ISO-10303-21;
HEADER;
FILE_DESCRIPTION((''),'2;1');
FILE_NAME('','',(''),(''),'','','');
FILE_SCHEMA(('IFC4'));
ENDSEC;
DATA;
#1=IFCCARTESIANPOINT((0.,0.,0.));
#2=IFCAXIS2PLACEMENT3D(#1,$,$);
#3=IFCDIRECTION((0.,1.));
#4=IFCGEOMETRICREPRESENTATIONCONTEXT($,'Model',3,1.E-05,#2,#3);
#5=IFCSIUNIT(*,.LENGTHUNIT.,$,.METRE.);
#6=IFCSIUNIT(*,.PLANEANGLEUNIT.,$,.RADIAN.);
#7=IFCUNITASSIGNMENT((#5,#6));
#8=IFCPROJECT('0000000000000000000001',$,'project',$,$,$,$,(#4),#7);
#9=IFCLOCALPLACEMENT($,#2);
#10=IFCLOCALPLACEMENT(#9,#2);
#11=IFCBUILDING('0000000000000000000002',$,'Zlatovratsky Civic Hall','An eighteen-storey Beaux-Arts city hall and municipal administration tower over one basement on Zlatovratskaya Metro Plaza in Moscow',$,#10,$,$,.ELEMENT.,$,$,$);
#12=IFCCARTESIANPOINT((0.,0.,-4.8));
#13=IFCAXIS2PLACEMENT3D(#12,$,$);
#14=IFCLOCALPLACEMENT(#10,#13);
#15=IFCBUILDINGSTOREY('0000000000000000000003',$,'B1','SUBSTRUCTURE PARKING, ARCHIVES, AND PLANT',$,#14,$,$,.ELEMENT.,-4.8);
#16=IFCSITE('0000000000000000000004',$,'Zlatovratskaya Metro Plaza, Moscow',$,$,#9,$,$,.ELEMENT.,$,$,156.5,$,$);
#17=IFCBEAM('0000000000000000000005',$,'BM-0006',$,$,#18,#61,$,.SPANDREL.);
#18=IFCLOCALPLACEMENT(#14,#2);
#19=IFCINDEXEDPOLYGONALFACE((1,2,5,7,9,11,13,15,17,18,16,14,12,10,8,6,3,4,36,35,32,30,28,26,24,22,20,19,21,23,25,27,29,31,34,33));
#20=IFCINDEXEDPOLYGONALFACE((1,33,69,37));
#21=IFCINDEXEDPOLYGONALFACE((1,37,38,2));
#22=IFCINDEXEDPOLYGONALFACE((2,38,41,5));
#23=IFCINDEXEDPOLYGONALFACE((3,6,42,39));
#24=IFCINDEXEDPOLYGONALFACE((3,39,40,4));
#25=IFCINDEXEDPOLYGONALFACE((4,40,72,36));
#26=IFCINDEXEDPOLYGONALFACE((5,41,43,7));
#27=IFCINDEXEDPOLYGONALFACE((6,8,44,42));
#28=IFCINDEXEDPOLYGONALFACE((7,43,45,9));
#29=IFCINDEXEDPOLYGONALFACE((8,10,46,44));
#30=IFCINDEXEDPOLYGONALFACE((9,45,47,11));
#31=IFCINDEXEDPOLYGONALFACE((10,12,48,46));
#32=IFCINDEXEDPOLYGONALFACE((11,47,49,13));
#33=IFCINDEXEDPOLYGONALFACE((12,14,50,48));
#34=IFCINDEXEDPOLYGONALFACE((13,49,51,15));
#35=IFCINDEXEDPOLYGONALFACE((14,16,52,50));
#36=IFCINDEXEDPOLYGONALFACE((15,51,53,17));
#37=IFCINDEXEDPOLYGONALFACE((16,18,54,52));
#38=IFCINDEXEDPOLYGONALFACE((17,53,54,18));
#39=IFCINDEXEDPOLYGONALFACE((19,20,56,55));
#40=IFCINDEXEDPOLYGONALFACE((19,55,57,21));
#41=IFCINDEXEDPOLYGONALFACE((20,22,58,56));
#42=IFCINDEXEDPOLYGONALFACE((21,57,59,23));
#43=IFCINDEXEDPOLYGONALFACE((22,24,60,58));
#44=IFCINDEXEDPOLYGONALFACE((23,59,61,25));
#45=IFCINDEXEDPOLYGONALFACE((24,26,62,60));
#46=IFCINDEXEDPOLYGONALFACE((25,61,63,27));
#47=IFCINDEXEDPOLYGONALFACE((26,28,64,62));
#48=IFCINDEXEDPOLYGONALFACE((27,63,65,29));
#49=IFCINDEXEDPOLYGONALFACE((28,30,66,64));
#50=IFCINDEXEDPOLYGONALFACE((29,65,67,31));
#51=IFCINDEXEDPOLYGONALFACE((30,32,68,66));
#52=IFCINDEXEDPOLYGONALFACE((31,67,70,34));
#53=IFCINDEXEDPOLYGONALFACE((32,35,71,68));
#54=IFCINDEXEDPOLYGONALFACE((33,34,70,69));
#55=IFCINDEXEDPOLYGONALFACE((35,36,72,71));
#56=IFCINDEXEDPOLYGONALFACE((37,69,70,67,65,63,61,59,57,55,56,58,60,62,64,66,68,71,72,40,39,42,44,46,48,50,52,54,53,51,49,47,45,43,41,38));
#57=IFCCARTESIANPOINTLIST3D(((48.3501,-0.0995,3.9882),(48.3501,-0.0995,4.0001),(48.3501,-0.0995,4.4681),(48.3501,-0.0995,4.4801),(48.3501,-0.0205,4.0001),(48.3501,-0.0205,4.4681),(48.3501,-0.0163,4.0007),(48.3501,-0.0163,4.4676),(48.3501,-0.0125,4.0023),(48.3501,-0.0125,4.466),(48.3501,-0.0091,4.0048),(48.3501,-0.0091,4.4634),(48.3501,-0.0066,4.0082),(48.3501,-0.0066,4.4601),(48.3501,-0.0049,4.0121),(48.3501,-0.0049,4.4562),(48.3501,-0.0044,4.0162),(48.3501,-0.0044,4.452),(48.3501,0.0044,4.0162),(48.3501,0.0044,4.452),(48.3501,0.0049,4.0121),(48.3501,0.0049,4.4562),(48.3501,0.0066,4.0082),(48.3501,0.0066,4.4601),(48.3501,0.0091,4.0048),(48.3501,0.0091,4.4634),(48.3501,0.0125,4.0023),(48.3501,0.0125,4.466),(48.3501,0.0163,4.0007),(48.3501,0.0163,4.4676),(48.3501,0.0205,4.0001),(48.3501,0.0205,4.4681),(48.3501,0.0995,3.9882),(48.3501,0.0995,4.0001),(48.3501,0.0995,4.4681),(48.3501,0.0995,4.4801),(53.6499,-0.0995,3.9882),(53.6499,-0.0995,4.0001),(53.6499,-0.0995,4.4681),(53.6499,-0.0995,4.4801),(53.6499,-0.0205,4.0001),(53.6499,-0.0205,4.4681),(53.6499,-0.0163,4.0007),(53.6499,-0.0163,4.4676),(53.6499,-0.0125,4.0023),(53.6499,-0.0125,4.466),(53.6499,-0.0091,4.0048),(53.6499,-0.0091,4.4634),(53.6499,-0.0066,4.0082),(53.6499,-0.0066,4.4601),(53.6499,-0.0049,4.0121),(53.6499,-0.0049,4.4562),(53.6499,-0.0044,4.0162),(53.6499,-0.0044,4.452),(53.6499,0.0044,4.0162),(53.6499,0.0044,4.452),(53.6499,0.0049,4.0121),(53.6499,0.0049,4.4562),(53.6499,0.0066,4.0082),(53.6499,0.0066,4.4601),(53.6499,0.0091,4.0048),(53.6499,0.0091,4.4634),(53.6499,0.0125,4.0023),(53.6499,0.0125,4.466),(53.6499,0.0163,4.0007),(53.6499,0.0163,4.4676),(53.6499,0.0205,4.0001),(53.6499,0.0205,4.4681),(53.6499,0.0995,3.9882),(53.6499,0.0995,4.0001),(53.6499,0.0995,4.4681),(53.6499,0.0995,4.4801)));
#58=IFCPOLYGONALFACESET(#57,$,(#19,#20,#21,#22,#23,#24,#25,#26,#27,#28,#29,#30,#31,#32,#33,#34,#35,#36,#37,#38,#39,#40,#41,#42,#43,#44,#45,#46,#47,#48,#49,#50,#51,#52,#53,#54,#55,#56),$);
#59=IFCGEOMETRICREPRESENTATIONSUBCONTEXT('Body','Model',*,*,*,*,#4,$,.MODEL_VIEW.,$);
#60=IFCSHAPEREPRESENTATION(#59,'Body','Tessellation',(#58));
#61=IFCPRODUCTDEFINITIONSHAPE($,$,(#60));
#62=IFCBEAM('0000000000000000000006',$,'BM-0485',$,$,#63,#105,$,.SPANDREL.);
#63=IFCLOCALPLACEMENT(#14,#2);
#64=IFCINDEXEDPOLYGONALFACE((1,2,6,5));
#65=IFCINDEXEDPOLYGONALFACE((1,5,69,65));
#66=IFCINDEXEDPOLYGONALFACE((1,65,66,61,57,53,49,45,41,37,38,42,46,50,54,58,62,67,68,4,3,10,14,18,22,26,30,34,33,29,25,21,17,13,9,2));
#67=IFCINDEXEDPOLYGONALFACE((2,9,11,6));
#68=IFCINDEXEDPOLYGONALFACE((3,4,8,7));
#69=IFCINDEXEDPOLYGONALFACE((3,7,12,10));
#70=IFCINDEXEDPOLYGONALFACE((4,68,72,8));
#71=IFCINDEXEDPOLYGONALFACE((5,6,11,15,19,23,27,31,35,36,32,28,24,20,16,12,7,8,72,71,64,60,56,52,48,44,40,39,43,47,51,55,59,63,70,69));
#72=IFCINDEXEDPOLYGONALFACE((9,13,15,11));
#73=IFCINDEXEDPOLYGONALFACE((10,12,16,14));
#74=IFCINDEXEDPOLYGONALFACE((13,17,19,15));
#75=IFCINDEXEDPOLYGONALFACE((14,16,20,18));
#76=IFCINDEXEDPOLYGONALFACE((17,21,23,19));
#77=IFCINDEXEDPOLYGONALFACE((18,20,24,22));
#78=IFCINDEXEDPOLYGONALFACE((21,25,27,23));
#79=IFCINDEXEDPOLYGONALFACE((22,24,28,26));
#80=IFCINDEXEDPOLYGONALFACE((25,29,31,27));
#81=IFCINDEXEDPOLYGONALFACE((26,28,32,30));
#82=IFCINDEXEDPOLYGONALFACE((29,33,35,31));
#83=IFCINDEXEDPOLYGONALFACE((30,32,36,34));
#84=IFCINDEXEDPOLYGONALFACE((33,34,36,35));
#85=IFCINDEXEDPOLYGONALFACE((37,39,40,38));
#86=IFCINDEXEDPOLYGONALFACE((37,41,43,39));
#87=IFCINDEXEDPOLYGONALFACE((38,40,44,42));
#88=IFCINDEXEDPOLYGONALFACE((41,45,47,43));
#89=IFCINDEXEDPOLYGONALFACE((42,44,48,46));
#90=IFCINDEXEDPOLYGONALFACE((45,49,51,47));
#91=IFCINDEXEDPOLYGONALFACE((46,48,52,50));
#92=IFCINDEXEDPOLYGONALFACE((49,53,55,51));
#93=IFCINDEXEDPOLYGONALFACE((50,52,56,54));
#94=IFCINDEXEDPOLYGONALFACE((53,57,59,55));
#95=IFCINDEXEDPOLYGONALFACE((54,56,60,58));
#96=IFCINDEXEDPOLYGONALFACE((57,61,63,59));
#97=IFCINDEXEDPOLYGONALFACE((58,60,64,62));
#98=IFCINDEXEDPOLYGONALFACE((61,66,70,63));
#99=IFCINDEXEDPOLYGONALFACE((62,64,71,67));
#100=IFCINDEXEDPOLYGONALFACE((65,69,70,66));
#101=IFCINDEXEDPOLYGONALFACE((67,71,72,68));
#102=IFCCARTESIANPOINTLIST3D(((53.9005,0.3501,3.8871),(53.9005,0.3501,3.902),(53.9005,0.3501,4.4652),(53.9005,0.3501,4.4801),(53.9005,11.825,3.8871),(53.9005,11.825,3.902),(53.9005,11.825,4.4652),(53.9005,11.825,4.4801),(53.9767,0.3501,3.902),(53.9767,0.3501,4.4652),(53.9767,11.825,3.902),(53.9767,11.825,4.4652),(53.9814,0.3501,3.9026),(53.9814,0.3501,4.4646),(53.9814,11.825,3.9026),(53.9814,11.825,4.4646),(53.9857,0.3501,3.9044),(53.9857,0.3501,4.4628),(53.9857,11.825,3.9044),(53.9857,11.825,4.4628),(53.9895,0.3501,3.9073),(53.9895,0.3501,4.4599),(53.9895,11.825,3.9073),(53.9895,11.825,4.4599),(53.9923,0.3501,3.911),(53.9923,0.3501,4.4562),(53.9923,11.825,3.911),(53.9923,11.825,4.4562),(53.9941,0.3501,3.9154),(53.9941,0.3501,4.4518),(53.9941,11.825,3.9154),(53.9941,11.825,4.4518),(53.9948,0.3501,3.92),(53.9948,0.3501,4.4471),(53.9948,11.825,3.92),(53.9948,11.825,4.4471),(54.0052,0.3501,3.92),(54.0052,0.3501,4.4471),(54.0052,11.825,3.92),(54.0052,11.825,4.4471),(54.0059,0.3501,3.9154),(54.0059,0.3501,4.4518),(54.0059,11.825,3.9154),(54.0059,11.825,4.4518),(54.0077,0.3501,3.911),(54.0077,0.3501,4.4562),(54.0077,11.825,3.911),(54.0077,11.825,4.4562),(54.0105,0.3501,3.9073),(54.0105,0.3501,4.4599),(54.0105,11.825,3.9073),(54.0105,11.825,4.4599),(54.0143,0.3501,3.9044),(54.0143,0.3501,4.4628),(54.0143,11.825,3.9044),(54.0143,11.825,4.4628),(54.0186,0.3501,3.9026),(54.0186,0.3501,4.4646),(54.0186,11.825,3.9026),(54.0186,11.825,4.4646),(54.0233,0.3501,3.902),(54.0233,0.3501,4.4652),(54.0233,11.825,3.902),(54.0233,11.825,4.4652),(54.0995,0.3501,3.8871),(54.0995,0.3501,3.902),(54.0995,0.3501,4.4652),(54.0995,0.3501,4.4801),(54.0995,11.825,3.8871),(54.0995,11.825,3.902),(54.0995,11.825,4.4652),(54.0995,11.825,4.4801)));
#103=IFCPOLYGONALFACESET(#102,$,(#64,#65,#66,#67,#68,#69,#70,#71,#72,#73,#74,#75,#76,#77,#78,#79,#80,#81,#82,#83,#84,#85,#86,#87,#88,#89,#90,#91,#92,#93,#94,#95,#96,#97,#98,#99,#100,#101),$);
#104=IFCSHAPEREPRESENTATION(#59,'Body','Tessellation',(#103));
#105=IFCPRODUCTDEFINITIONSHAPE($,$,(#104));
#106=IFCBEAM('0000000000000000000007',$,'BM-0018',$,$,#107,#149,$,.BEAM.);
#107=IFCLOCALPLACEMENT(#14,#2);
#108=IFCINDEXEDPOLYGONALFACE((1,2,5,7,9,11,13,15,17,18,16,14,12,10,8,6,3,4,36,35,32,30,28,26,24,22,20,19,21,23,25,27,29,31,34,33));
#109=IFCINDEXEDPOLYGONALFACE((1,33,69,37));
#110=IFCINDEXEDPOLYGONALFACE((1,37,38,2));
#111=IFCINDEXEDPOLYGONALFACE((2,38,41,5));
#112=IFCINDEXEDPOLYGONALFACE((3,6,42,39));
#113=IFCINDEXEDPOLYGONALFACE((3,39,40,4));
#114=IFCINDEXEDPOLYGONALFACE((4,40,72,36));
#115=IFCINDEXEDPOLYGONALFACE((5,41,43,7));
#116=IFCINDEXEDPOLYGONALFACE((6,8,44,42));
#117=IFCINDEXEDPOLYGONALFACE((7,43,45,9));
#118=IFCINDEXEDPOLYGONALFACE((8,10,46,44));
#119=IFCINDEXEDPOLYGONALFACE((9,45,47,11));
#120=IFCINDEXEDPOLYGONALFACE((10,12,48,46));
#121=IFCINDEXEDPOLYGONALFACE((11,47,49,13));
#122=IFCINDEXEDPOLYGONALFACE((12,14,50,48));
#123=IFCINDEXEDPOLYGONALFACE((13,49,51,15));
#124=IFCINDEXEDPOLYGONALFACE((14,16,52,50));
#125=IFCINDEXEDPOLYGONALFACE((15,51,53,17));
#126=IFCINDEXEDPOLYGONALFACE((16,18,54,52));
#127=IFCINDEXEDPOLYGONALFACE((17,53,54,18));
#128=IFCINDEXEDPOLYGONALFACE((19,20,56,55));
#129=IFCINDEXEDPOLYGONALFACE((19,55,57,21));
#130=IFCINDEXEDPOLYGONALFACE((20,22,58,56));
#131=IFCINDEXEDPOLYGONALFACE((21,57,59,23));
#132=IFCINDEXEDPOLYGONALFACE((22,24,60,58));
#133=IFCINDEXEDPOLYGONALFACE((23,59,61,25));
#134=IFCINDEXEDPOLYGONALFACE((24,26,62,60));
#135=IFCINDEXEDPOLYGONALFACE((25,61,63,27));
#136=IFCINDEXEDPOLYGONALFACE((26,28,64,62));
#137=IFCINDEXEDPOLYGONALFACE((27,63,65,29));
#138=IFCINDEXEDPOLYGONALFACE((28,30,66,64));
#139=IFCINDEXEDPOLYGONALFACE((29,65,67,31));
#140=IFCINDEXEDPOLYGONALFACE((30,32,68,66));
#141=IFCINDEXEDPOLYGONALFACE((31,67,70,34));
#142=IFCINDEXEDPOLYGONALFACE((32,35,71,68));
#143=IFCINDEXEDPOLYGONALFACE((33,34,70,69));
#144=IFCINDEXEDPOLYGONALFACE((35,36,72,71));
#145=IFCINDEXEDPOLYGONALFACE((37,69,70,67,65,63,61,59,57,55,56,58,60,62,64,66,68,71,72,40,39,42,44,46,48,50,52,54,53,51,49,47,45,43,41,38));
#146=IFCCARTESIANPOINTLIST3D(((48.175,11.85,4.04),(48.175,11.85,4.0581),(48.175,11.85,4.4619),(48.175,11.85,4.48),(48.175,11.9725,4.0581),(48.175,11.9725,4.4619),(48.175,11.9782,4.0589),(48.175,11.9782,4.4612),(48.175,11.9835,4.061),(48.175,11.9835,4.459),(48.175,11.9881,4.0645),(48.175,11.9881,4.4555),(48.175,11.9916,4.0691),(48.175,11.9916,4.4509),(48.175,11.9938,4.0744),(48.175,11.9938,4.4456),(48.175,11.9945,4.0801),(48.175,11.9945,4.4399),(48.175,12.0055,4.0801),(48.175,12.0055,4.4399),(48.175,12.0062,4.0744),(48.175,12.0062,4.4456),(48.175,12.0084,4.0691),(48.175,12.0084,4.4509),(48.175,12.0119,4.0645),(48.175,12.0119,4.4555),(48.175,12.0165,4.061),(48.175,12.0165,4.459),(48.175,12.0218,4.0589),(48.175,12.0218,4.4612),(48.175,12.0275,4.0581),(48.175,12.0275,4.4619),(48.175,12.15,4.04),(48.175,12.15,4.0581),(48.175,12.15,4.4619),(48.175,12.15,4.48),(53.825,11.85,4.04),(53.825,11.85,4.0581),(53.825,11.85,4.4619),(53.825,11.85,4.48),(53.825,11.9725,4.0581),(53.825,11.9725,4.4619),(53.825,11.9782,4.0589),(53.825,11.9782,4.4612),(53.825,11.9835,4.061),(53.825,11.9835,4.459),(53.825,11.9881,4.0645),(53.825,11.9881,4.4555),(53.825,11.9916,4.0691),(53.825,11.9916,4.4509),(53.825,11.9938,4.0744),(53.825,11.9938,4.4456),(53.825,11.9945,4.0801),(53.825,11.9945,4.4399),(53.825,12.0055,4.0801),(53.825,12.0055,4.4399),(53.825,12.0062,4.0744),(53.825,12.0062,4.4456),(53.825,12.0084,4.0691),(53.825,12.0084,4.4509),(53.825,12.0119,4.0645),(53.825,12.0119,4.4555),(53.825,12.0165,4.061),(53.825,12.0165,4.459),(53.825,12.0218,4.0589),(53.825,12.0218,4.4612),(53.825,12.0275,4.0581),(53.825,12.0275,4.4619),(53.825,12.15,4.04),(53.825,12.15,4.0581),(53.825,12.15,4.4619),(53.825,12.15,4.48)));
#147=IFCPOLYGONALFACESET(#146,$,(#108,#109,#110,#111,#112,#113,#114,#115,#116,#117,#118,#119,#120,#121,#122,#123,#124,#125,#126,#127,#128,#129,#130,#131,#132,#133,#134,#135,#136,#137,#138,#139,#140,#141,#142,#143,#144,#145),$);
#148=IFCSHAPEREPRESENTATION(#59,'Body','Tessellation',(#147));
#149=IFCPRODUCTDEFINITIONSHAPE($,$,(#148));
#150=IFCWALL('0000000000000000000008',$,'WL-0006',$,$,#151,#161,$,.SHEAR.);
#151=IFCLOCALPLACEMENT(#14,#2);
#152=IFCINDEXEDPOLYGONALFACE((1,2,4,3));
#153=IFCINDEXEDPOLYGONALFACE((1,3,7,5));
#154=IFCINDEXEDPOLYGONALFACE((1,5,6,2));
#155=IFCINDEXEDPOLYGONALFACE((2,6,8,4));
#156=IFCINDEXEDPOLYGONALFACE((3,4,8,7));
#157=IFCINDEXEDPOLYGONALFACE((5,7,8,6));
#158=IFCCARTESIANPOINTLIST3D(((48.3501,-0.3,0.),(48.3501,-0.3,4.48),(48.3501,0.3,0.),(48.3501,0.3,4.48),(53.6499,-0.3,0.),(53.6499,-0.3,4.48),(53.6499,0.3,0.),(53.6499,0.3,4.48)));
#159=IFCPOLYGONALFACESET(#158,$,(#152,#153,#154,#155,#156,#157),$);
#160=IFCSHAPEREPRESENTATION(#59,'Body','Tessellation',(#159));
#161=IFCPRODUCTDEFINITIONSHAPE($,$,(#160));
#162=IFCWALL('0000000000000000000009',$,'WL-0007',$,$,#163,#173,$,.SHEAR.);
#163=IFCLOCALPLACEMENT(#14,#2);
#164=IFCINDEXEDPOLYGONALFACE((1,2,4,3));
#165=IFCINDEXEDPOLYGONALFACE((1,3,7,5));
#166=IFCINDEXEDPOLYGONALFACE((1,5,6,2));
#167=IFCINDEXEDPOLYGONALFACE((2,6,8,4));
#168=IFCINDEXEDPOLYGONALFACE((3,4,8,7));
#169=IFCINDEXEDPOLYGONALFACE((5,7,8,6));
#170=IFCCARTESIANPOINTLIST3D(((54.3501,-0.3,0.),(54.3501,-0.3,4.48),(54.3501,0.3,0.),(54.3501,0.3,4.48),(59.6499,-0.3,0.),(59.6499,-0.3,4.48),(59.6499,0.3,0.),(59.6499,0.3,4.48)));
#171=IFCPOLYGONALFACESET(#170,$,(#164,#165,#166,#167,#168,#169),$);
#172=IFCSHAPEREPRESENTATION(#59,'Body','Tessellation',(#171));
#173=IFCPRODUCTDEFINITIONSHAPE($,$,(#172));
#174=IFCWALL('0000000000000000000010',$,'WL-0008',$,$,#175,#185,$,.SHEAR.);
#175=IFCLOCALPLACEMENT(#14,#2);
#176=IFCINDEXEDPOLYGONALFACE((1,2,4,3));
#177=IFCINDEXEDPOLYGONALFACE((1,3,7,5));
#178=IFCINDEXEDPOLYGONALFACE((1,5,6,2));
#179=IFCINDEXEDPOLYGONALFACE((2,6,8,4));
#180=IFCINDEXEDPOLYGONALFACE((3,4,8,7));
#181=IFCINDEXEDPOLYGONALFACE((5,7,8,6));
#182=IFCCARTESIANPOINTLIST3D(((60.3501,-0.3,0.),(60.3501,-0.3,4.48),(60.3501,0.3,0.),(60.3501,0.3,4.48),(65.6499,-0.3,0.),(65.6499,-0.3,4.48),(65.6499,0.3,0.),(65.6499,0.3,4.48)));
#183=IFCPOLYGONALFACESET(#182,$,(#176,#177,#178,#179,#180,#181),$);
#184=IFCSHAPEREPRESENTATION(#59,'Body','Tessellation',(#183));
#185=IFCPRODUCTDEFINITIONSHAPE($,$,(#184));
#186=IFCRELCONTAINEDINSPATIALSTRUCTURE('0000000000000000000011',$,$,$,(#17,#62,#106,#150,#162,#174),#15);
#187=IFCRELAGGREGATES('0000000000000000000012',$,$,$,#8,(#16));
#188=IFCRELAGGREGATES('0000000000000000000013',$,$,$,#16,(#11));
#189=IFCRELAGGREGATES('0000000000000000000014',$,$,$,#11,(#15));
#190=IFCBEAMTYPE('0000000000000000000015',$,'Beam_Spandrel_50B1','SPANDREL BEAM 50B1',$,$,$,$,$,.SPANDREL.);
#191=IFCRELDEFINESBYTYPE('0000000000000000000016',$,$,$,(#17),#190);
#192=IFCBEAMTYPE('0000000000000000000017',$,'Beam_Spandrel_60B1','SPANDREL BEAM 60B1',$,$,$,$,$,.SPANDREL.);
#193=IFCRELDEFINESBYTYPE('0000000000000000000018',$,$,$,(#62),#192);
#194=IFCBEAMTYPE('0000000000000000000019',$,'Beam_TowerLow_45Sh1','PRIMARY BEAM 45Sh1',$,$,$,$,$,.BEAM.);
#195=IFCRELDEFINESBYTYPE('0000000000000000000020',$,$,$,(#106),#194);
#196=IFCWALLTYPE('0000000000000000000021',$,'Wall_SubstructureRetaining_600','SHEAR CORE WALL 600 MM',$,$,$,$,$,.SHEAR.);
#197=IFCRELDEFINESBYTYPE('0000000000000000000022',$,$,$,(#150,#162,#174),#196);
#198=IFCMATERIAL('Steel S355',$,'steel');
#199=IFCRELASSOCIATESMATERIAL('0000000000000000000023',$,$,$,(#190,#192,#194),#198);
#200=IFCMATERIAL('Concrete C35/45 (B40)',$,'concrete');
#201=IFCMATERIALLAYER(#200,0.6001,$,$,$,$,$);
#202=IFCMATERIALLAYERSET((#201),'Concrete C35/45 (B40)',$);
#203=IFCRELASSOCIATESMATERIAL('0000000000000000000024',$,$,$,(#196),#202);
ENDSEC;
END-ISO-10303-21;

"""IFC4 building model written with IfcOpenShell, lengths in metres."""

from ifc_helpers import new_model, si_unit, direction, frame, frame_2d, origin, origin_2d, place, context, subcontext, project, spatial, rectangle, i_section, extrude, material, layer, layer_set, material_profile, profile_set, type_object, element, save


model = new_model("IFC4")

# Units and contexts
model_context = context("Model", 3, precision=1e-05, world=origin(), true_north=direction((0.0, 1.0)))
body_context = subcontext(model_context, "Body", "Model", "MODEL_VIEW")
ifc_project = project(units=[si_unit("LENGTHUNIT", "METRE"), si_unit("PLANEANGLEUNIT", "RADIAN")], contexts=[model_context])

# Site, building, storey
site_placement = place(None, origin())
site = spatial("IfcSite", under=ifc_project, at=site_placement, Name="Zlatovratskaya Metro Plaza, Moscow", CompositionType="ELEMENT", RefElevation=156.5)
building_placement = place(site_placement, origin())
building = spatial("IfcBuilding", under=site, at=building_placement, Name="Zlatovratsky Civic Hall", Description="An eighteen-storey Beaux-Arts city hall and municipal administration tower over one basement on Zlatovratskaya Metro Plaza in Moscow", CompositionType="ELEMENT")
storey_placement = place(building_placement, frame((0.0, 0.0, -4.8)))
storey = spatial("IfcBuildingStorey", under=building, at=storey_placement, Name="B1", Description="SUBSTRUCTURE PARKING, ARCHIVES, AND PLANT", CompositionType="ELEMENT", Elevation=-4.8)

# Shared definitions
ifc_material_1 = material(Name="Concrete C35/45 (B40)", Category="concrete")
ifc_material_2 = material(Name="Steel S355", Category="steel")

# Beams
ifc_material_profile_1 = material_profile(ifc_material_2, i_section(OverallWidth=0.199, OverallDepth=0.4919, WebThickness=0.0088, FlangeThickness=0.012, FilletRadius=0.0161, at=origin_2d()), Name="50B1")
ifc_profile_set_1 = profile_set([ifc_material_profile_1], Name="Steel S355")
beam_type_1 = type_object("IfcBeamType", Name="Beam_Spandrel_50B1", Description="SPANDREL BEAM 50B1", PredefinedType="SPANDREL", material=ifc_profile_set_1)
beam_1_placement = place(storey_placement, frame((48.3501, 0.0, 4.2341), z_axis=(1.0, 0.0, 0.0), x_axis=(0.0, 1.0, 0.0)))
element("IfcBeam", 1, at=beam_1_placement, inside=storey, type_object=beam_type_1, Name="BM-0006", PredefinedType="SPANDREL", context=body_context, shape_type="SweptSolid", body=[
    extrude(i_section(OverallWidth=0.199, OverallDepth=0.4919, WebThickness=0.0088, FlangeThickness=0.012, FilletRadius=0.0161, at=origin_2d()), origin(), (0.0, 0.0, 1.0), 5.2998),
])
ifc_material_profile_2 = material_profile(ifc_material_2, i_section(OverallWidth=0.199, OverallDepth=0.593, WebThickness=0.0105, FlangeThickness=0.0149, FilletRadius=0.0181, at=origin_2d()), Name="60B1")
ifc_profile_set_2 = profile_set([ifc_material_profile_2], Name="Steel S355")
beam_type_2 = type_object("IfcBeamType", Name="Beam_Spandrel_60B1", Description="SPANDREL BEAM 60B1", PredefinedType="SPANDREL", material=ifc_profile_set_2)
beam_2_placement = place(storey_placement, frame((54.0, 0.3501, 4.1836), z_axis=(0.0, 1.0, 0.0), x_axis=(-1.0, 0.0, 0.0)))
element("IfcBeam", 2, at=beam_2_placement, inside=storey, type_object=beam_type_2, Name="BM-0485", PredefinedType="SPANDREL", context=body_context, shape_type="SweptSolid", body=[
    extrude(i_section(OverallWidth=0.199, OverallDepth=0.593, WebThickness=0.0105, FlangeThickness=0.0149, FilletRadius=0.0181, at=origin_2d()), origin(), (0.0, 0.0, 1.0), 11.4749),
])
ifc_material_profile_3 = material_profile(ifc_material_2, i_section(OverallWidth=0.3, OverallDepth=0.4399, WebThickness=0.011, FlangeThickness=0.0181, FilletRadius=0.022, at=origin_2d()), Name="45Sh1")
ifc_profile_set_3 = profile_set([ifc_material_profile_3], Name="Steel S355")
beam_type_3 = type_object("IfcBeamType", Name="Beam_TowerLow_45Sh1", Description="PRIMARY BEAM 45Sh1", PredefinedType="BEAM", material=ifc_profile_set_3)
beam_3_placement = place(storey_placement, frame((48.175, 12.0, 4.26), z_axis=(1.0, 0.0, 0.0), x_axis=(0.0, 1.0, 0.0)))
element("IfcBeam", 3, at=beam_3_placement, inside=storey, type_object=beam_type_3, Name="BM-0018", PredefinedType="BEAM", context=body_context, shape_type="SweptSolid", body=[
    extrude(i_section(OverallWidth=0.3, OverallDepth=0.4399, WebThickness=0.011, FlangeThickness=0.0181, FilletRadius=0.022, at=origin_2d()), origin(), (0.0, 0.0, 1.0), 5.6499),
])

# Walls
ifc_layer = layer(ifc_material_1, 0.6001)
ifc_layer_set = layer_set([ifc_layer], Name="Concrete C35/45 (B40)")
wall_type = type_object("IfcWallType", Name="Wall_SubstructureRetaining_600", Description="SHEAR CORE WALL 600 MM", PredefinedType="SHEAR", material=ifc_layer_set)
for number, where, z_axis, x_axis, name in (
    (4, (48.3501, 0.0, 0.0), (0.0, 0.0, 1.0), (1.0, 0.0, 0.0), "WL-0006"),
    (5, (54.3501, 0.0, 0.0), (0.0, 0.0, 1.0), (1.0, 0.0, 0.0), "WL-0007"),
    (6, (60.3501, 0.0, 0.0), (0.0, 0.0, 1.0), (1.0, 0.0, 0.0), "WL-0008"),
):
    element("IfcWall", number, at=place(storey_placement, frame(where, z_axis=z_axis, x_axis=x_axis)), inside=storey, type_object=wall_type, Name=name, PredefinedType="SHEAR", context=body_context, shape_type="SweptSolid", body=[
        extrude(rectangle(XDim=5.2998, YDim=0.6001, at=frame_2d((2.6499, 0.0))), origin(), (0.0, 0.0, 1.0), 4.48),
    ])

save(model, "model.ifc")
